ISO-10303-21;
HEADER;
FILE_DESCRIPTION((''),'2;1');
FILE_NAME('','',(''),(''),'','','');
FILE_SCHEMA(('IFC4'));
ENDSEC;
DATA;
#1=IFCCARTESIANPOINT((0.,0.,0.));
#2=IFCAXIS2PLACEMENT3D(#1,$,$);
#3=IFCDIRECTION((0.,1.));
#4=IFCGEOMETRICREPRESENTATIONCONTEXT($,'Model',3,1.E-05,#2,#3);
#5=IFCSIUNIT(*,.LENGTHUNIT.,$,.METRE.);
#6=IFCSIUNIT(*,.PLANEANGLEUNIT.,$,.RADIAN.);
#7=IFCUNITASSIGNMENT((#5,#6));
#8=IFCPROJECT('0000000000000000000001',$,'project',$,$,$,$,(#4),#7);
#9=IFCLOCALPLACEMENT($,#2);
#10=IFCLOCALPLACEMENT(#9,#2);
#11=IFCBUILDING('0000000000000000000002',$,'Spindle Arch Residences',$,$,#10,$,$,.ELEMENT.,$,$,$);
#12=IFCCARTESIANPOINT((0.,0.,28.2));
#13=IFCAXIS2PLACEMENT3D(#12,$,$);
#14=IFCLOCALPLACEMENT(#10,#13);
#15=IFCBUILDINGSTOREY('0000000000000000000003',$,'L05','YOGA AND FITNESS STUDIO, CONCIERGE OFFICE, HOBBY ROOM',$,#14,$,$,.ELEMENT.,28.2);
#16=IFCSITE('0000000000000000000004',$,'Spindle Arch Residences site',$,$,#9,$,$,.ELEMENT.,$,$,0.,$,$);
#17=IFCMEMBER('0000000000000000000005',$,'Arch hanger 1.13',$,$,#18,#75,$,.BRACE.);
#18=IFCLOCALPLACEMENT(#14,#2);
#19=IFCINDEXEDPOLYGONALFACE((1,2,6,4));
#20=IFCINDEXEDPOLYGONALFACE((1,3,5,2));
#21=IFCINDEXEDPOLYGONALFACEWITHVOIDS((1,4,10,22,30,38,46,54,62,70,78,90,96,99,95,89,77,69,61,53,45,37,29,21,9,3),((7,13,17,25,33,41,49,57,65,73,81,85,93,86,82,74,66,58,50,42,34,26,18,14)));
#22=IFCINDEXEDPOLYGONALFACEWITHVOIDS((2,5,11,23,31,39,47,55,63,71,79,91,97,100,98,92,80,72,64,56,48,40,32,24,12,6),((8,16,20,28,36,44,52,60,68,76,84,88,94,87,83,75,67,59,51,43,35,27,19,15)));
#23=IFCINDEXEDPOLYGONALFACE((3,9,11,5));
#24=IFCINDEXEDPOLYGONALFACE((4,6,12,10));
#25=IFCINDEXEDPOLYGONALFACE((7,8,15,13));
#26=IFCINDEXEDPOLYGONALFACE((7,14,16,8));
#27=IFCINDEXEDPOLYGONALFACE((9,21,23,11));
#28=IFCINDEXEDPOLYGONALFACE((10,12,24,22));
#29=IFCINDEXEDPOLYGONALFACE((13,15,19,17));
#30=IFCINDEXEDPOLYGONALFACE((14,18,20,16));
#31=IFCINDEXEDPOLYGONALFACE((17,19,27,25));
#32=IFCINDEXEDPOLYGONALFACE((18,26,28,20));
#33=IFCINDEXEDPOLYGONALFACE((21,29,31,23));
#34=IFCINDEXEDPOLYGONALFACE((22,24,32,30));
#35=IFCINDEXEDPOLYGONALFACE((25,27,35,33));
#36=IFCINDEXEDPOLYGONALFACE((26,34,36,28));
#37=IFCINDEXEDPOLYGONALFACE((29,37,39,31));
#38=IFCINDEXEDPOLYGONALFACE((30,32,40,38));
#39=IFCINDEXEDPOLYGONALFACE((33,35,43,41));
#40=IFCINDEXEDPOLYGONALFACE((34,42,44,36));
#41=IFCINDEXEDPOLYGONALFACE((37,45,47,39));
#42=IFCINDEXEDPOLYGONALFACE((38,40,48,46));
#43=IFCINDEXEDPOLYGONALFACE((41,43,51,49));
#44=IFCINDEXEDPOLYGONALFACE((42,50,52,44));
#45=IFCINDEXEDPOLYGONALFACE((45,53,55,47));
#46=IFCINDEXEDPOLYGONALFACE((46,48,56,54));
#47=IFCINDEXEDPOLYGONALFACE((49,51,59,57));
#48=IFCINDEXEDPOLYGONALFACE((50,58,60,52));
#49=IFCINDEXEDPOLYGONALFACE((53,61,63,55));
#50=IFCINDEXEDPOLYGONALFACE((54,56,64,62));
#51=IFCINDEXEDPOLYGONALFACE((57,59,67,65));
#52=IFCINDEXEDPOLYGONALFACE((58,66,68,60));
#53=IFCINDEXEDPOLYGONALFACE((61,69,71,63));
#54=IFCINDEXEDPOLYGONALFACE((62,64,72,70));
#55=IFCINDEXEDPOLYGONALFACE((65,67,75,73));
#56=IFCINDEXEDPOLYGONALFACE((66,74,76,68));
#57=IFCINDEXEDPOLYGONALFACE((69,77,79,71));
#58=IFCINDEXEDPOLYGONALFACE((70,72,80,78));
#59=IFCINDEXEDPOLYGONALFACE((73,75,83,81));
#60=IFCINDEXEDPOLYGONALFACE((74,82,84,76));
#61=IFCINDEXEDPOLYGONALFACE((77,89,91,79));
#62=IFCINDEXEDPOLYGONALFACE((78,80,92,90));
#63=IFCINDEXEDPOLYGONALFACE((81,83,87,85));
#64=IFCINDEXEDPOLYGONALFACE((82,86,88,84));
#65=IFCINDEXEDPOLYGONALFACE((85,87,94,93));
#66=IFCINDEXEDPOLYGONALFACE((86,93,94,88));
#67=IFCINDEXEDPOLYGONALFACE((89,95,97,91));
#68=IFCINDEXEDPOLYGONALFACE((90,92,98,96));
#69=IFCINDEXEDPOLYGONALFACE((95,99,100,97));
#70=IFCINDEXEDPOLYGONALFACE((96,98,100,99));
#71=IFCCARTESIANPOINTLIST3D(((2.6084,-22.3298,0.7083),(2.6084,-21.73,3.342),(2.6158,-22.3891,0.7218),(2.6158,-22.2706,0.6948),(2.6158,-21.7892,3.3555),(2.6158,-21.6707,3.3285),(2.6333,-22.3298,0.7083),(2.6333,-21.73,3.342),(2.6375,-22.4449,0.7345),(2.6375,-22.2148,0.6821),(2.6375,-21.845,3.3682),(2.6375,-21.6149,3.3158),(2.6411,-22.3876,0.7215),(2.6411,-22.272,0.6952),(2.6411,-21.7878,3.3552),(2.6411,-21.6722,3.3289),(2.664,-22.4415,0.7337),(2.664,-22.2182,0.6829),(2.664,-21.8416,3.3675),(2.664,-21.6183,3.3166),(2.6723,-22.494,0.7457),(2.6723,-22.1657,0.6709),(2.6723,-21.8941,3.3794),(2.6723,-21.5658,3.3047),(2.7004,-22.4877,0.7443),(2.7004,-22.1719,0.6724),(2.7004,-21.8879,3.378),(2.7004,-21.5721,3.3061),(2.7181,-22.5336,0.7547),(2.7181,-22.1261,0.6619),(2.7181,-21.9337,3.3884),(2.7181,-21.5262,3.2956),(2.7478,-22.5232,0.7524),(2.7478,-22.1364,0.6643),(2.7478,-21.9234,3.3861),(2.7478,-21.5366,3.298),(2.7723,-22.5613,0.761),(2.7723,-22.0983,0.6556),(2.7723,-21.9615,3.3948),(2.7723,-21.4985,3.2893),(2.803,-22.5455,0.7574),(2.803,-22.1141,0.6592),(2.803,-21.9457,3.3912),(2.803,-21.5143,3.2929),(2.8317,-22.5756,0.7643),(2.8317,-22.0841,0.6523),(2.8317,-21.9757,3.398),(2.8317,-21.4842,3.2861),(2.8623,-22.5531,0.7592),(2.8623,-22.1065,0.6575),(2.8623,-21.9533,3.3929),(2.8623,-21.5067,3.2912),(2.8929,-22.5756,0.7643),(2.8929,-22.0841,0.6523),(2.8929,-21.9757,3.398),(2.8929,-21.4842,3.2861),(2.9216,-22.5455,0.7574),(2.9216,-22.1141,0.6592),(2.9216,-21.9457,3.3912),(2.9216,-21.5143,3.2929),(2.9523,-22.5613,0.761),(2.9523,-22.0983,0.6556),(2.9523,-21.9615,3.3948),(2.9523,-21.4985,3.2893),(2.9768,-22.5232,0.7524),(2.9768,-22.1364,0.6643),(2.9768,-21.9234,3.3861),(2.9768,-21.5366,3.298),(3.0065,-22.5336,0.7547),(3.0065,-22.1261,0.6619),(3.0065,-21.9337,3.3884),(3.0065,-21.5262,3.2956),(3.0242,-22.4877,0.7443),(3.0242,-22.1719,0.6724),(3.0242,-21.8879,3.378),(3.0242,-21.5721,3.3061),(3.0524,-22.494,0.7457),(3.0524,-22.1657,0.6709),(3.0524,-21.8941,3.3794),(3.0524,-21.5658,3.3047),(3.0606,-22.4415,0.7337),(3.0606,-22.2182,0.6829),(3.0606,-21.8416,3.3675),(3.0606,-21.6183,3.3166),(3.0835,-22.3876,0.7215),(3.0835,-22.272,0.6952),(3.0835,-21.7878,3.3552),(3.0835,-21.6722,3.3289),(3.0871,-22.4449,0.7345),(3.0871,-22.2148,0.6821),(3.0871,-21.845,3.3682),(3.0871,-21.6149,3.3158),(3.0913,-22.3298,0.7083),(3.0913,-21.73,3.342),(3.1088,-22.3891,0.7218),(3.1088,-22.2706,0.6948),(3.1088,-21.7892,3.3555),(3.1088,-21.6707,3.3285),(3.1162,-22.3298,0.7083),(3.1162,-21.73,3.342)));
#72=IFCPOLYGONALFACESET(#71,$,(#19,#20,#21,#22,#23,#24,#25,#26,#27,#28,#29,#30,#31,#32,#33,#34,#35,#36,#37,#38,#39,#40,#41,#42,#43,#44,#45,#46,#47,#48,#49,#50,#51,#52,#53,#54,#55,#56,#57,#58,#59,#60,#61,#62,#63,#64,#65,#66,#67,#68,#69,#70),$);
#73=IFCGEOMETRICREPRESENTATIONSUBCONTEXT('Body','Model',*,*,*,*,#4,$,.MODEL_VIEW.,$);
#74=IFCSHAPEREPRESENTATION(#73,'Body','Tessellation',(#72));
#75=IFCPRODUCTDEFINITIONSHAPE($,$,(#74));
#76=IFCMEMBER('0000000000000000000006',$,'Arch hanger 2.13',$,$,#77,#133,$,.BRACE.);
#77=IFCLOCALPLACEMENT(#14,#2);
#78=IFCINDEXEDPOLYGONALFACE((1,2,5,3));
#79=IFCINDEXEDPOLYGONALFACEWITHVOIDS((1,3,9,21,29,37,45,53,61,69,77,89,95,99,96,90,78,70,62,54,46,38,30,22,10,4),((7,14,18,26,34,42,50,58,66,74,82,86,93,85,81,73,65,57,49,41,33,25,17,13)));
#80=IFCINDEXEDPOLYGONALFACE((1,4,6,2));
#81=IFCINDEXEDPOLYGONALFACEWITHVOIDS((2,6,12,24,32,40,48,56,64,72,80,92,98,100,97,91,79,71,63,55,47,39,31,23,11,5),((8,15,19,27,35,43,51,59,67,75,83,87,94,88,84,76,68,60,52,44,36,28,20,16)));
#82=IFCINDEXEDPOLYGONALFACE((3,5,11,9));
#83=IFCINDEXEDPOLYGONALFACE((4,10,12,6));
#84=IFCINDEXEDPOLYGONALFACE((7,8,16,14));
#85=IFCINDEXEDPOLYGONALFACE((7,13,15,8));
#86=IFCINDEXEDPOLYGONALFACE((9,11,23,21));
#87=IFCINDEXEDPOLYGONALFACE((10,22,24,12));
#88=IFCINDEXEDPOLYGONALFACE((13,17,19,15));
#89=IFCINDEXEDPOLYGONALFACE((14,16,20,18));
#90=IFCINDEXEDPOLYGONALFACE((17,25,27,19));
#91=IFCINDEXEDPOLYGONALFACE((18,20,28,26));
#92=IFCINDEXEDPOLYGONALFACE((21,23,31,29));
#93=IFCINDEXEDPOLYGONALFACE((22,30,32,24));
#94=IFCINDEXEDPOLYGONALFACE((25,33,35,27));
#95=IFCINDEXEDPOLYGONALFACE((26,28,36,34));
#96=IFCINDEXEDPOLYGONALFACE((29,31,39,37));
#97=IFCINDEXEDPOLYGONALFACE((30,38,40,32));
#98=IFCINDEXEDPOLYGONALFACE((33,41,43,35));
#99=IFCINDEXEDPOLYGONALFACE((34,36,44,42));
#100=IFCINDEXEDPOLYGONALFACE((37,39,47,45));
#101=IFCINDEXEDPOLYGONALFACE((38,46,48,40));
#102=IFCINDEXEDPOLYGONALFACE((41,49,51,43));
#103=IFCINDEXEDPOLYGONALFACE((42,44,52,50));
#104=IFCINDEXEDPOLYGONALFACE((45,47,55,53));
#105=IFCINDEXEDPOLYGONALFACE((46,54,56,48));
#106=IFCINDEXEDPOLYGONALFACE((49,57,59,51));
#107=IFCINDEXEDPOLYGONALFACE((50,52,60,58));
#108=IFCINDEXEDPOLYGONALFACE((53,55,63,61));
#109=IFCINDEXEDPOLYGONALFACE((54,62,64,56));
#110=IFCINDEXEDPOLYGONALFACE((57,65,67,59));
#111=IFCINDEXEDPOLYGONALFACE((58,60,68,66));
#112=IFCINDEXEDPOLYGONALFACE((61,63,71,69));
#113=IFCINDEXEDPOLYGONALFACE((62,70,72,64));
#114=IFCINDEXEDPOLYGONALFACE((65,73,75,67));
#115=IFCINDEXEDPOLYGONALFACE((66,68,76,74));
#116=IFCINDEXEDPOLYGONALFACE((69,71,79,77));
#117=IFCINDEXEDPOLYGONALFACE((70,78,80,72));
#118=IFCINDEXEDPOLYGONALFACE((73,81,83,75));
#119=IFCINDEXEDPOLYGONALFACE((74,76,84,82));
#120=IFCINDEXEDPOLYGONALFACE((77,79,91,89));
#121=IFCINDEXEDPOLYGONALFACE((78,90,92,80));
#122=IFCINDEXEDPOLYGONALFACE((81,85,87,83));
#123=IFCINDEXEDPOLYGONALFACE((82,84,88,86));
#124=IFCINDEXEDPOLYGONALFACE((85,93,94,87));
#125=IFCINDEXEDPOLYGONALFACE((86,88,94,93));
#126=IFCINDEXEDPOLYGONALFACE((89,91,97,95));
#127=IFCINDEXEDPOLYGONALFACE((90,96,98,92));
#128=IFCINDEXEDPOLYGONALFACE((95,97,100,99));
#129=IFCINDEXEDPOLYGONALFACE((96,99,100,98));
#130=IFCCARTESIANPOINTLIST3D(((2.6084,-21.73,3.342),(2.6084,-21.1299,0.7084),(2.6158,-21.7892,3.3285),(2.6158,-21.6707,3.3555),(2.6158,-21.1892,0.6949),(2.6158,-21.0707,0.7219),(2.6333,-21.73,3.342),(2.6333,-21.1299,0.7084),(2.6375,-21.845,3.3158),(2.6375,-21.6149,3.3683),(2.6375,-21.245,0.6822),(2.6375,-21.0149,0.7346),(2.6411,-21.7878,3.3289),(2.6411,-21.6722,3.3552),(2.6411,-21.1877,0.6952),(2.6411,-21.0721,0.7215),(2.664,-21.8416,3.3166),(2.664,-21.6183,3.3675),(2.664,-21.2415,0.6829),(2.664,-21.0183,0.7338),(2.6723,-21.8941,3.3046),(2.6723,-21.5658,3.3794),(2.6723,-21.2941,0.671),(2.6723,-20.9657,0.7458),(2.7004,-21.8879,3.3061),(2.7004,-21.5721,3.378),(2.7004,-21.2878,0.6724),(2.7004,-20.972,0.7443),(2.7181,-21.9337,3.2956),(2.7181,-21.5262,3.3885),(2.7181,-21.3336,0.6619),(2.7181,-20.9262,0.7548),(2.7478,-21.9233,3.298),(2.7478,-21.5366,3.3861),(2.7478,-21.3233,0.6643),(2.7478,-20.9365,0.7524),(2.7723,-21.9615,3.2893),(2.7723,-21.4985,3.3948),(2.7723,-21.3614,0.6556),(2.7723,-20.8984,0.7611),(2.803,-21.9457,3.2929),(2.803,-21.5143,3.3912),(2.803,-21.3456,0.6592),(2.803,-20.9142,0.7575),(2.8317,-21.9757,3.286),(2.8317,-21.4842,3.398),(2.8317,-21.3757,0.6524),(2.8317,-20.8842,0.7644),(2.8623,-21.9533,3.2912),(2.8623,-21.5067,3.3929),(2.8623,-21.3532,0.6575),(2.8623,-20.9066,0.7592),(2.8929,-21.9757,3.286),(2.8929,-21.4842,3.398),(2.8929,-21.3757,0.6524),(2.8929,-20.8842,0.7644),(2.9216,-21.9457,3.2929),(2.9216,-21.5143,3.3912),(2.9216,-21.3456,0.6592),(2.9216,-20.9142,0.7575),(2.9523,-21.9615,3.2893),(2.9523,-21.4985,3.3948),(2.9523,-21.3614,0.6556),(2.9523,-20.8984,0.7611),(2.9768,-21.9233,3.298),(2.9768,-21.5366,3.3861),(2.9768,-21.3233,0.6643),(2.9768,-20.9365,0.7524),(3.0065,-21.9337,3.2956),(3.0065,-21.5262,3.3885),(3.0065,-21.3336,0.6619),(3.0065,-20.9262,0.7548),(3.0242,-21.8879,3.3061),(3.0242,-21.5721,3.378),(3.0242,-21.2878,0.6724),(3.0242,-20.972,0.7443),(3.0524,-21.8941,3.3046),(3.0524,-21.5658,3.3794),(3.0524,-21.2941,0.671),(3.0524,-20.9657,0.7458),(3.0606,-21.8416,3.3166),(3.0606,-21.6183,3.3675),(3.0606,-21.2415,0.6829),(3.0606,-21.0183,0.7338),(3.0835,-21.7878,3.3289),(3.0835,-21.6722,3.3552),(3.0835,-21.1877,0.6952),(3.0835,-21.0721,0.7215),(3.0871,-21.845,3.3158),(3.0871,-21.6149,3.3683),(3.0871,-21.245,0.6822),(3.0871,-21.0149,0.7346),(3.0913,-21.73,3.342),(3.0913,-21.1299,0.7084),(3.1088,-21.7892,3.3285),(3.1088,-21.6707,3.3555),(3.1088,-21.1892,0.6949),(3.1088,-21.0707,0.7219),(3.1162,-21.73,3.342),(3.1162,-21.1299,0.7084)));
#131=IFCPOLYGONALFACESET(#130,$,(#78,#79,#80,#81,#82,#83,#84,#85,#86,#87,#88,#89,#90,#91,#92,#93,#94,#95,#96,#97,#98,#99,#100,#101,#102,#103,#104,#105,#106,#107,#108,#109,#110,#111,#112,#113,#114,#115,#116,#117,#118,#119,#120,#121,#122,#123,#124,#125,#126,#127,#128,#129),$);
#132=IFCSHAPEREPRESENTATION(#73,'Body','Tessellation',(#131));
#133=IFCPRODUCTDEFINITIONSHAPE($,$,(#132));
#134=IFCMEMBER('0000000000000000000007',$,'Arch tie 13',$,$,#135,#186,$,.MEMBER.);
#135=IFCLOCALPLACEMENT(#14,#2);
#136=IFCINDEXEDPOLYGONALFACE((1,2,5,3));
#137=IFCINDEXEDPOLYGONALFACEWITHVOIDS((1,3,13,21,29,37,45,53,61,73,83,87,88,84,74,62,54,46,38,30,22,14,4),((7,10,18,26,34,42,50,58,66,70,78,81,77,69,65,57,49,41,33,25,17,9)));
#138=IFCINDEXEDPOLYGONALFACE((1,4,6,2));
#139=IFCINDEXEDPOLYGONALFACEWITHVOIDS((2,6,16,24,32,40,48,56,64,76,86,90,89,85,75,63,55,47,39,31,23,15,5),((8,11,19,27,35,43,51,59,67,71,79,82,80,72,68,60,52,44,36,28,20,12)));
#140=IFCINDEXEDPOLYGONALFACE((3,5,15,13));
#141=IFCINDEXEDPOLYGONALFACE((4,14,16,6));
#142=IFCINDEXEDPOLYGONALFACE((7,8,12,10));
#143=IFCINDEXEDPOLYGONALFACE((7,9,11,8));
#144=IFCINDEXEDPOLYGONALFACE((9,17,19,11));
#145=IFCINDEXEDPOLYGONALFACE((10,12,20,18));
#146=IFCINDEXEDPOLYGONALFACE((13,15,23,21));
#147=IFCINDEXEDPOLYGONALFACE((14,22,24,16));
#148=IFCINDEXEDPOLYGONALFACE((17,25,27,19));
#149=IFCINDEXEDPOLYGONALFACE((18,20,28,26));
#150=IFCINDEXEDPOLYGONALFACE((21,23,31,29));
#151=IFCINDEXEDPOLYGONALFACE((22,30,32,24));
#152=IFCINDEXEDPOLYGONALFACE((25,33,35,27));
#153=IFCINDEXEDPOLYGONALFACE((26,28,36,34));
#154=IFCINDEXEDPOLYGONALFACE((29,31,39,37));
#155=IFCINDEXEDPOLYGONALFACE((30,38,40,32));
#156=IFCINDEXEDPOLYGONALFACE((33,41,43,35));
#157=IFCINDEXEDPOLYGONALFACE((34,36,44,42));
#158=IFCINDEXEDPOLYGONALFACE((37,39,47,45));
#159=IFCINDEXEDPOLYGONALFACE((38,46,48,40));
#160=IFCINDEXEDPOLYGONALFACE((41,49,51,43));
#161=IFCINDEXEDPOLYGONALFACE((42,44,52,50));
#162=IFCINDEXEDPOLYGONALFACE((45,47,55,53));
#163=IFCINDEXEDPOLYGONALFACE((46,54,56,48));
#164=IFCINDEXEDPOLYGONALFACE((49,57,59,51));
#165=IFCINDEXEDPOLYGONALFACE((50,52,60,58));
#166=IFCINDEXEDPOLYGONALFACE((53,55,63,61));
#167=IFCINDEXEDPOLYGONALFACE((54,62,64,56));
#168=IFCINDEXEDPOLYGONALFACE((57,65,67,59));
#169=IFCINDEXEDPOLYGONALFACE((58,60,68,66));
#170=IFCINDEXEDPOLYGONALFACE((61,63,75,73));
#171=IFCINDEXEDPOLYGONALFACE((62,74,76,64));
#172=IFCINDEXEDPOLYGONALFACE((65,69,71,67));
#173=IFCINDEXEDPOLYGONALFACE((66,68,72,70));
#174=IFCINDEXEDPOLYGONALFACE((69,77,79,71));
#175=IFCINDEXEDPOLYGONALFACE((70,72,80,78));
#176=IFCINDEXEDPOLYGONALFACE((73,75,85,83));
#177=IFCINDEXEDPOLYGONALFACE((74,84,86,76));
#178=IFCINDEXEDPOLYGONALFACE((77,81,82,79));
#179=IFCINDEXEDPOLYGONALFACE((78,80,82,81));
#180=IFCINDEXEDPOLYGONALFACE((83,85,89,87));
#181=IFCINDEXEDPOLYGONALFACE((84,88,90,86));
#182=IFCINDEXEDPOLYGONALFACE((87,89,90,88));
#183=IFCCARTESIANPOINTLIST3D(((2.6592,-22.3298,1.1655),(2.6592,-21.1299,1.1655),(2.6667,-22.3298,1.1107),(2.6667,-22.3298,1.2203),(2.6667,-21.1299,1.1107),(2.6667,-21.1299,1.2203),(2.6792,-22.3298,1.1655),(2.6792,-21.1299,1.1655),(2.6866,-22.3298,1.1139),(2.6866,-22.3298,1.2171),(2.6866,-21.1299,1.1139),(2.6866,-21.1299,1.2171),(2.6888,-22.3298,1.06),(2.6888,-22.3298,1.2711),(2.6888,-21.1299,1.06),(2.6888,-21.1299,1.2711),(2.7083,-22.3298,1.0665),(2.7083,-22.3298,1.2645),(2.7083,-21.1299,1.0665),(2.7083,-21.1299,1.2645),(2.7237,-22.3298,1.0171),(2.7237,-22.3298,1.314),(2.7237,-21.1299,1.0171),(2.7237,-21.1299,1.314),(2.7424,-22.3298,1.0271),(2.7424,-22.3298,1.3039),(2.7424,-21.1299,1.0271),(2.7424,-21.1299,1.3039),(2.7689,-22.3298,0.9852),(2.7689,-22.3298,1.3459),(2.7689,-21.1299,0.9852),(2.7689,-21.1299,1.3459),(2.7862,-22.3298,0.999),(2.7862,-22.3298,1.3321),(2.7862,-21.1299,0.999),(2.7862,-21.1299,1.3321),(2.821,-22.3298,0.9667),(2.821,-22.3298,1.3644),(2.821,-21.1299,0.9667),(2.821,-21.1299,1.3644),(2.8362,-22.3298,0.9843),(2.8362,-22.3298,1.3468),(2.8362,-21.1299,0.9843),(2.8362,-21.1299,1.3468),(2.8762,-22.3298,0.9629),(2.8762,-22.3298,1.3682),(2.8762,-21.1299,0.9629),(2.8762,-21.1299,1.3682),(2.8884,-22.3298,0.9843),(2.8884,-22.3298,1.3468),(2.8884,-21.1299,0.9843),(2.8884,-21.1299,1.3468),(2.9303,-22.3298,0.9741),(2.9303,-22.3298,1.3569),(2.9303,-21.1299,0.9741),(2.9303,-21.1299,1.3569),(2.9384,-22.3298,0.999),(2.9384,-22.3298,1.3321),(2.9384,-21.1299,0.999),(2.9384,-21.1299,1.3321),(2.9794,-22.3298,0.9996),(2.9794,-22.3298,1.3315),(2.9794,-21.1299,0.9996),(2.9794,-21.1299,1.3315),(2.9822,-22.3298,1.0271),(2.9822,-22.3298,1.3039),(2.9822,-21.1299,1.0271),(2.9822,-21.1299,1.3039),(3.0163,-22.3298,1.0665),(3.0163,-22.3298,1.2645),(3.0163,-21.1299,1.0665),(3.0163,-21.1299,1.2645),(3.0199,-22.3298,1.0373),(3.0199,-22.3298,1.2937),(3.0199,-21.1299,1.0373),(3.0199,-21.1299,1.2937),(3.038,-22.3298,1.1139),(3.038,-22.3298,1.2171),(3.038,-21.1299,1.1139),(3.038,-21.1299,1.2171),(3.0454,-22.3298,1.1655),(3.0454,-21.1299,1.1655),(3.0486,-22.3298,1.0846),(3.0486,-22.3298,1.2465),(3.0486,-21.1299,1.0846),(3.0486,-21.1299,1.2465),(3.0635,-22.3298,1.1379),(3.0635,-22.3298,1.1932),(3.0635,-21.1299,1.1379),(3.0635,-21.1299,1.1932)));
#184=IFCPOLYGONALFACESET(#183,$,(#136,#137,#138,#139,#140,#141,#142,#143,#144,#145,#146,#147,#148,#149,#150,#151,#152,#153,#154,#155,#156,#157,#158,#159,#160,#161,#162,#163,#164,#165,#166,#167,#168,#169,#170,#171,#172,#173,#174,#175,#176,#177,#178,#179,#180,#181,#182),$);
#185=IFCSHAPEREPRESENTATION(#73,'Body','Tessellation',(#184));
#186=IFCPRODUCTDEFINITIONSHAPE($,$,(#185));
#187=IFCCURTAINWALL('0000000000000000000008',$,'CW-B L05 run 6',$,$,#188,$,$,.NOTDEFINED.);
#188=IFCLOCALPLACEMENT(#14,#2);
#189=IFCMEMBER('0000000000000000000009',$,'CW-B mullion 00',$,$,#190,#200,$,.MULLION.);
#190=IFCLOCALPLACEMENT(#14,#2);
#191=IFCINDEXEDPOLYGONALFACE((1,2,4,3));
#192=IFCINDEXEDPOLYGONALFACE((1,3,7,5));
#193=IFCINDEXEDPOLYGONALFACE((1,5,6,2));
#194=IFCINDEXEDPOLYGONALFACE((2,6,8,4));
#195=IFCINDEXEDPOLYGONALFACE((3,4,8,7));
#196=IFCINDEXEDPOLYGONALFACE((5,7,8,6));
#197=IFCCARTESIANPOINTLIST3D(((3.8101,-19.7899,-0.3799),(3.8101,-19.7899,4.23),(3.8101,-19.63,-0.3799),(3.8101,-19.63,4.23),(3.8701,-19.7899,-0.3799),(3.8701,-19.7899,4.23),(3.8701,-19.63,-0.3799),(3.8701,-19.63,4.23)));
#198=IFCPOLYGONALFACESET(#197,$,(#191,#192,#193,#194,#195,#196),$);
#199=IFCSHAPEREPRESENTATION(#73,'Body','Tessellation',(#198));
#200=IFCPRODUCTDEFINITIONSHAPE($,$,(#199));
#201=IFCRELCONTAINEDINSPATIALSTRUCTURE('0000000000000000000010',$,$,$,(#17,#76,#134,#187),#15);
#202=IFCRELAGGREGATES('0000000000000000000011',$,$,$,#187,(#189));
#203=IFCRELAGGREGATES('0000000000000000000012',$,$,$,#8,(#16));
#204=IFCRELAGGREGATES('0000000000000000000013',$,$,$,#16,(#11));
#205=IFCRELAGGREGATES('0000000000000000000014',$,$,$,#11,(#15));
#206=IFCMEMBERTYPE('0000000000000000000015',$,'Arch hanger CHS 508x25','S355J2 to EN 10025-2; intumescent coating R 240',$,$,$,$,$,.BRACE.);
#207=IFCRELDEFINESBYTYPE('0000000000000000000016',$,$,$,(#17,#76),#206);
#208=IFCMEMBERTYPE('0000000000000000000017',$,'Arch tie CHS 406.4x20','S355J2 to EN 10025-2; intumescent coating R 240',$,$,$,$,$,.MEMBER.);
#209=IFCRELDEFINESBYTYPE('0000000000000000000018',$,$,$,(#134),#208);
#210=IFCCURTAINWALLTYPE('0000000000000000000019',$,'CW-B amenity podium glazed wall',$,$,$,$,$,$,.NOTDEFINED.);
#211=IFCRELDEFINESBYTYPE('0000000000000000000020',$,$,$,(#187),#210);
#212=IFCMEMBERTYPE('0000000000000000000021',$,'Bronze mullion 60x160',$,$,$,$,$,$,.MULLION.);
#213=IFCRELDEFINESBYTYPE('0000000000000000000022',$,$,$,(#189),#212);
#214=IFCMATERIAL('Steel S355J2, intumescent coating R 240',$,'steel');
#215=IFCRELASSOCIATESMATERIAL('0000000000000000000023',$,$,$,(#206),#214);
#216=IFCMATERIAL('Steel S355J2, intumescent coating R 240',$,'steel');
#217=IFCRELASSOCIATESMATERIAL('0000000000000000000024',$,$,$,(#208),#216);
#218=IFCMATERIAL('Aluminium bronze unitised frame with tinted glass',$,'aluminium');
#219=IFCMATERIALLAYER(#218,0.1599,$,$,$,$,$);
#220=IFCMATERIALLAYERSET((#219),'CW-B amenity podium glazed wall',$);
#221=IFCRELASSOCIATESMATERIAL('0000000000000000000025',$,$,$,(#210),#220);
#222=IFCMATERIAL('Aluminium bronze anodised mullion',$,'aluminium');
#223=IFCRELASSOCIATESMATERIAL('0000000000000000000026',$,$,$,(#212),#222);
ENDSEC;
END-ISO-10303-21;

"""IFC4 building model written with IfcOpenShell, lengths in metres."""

from ifc_helpers import new_model, si_unit, direction, frame, origin, origin_2d, place, context, subcontext, project, spatial, rectangle, hollow_circle, extrude, material, layer, layer_set, material_profile, profile_set, type_object, element, aggregate, save


model = new_model("IFC4")

# Units and contexts
model_context = context("Model", 3, precision=1e-05, world=origin(), true_north=direction((0.0, 1.0)))
body_context = subcontext(model_context, "Body", "Model", "MODEL_VIEW")
ifc_project = project(units=[si_unit("LENGTHUNIT", "METRE"), si_unit("PLANEANGLEUNIT", "RADIAN")], contexts=[model_context])

# Site, building, storey
site_placement = place(None, origin())
site = spatial("IfcSite", under=ifc_project, at=site_placement, Name="Spindle Arch Residences site", CompositionType="ELEMENT", RefElevation=0.0)
building_placement = place(site_placement, origin())
building = spatial("IfcBuilding", under=site, at=building_placement, Name="Spindle Arch Residences", CompositionType="ELEMENT")
storey_placement = place(building_placement, frame((0.0, 0.0, 28.2)))
storey = spatial("IfcBuildingStorey", under=building, at=storey_placement, Name="L05", Description="YOGA AND FITNESS STUDIO, CONCIERGE OFFICE, HOBBY ROOM", CompositionType="ELEMENT", Elevation=28.2)

# Members
ifc_material_1 = material(Name="Steel S355J2, intumescent coating R 240", Category="steel")
ifc_material_profile_1 = material_profile(ifc_material_1, hollow_circle(Radius=0.2539, WallThickness=0.0249, at=origin_2d()), Name="CHS 508x25")
ifc_profile_set_1 = profile_set([ifc_material_profile_1], Name="Steel S355J2, intumescent coating R 240")
member_type_1 = type_object("IfcMemberType", Name="Arch hanger CHS 508x25", Description="S355J2 to EN 10025-2; intumescent coating R 240", PredefinedType="BRACE", material=ifc_profile_set_1)
for number, where, z_axis, x_axis, name in (
    (1, (2.8623, -21.73, 3.342), (0.0, -0.222066, -0.975032), (1.0, 0.0, 0.0), "Arch hanger 1.13"),
    (2, (2.8623, -21.73, 3.342), (0.0, 0.222152, -0.975012), (-1.0, 0.0, 0.0), "Arch hanger 2.13"),
):
    element("IfcMember", number, at=place(storey_placement, frame(where, z_axis=z_axis, x_axis=x_axis)), inside=storey, type_object=member_type_1, Name=name, PredefinedType="BRACE", context=body_context, shape_type="SweptSolid", body=[
        extrude(hollow_circle(Radius=0.2539, WallThickness=0.0249, at=origin_2d()), origin(), (0.0, 0.0, 1.0), 2.7012),
    ])
ifc_material_2 = material(Name="Steel S355J2, intumescent coating R 240", Category="steel")
ifc_material_profile_2 = material_profile(ifc_material_2, hollow_circle(Radius=0.2031, WallThickness=0.02, at=origin_2d()), Name="CHS 406.4x20")
ifc_profile_set_2 = profile_set([ifc_material_profile_2], Name="Steel S355J2, intumescent coating R 240")
member_type_2 = type_object("IfcMemberType", Name="Arch tie CHS 406.4x20", Description="S355J2 to EN 10025-2; intumescent coating R 240", PredefinedType="MEMBER", material=ifc_profile_set_2)
member_1_placement = place(storey_placement, frame((2.8623, -22.3298, 1.1655), z_axis=(0.0, 1.0, 0.0), x_axis=(-1.0, 0.0, 0.0)))
element("IfcMember", 3, at=member_1_placement, inside=storey, type_object=member_type_2, Name="Arch tie 13", PredefinedType="MEMBER", context=body_context, shape_type="SweptSolid", body=[
    extrude(hollow_circle(Radius=0.2031, WallThickness=0.02, at=origin_2d()), origin(), (0.0, 0.0, 1.0), 1.2),
])

# Curtain wall, member
ifc_material_3 = material(Name="Aluminium bronze unitised frame with tinted glass", Category="aluminium")
ifc_layer_1 = layer(ifc_material_3, 0.1599)
ifc_layer_set_1 = layer_set([ifc_layer_1], Name="CW-B amenity podium glazed wall")
curtain_wall_type = type_object("IfcCurtainWallType", Name="CW-B amenity podium glazed wall", PredefinedType="NOTDEFINED", material=ifc_layer_set_1)
curtain_wall_placement = place(storey_placement, origin())
curtain_wall = element("IfcCurtainWall", 4, at=curtain_wall_placement, inside=storey, type_object=curtain_wall_type, Name="CW-B L05 run 6", PredefinedType="NOTDEFINED")
ifc_material_4 = material(Name="Aluminium bronze anodised mullion", Category="aluminium")
ifc_material_profile_3 = material_profile(ifc_material_4, rectangle(XDim=0.1599, YDim=0.0601, at=origin_2d()), Name="MU 60x160")
ifc_profile_set_3 = profile_set([ifc_material_profile_3], Name="Aluminium bronze anodised mullion")
member_type_3 = type_object("IfcMemberType", Name="Bronze mullion 60x160", PredefinedType="MULLION", material=ifc_profile_set_3)
member_2_placement = place(storey_placement, frame((3.8401, -19.71, -0.3799), z_axis=(0.0, 0.0, 1.0), x_axis=(0.0, 1.0, 0.0)))
member_2 = element("IfcMember", 5, at=member_2_placement, type_object=member_type_3, Name="CW-B mullion 00", PredefinedType="MULLION", context=body_context, shape_type="SweptSolid", body=[
    extrude(rectangle(XDim=0.1599, YDim=0.0601, at=origin_2d()), origin(), (0.0, 0.0, 1.0), 4.6099),
])
aggregate(curtain_wall, [member_2])

save(model, "model.ifc")
